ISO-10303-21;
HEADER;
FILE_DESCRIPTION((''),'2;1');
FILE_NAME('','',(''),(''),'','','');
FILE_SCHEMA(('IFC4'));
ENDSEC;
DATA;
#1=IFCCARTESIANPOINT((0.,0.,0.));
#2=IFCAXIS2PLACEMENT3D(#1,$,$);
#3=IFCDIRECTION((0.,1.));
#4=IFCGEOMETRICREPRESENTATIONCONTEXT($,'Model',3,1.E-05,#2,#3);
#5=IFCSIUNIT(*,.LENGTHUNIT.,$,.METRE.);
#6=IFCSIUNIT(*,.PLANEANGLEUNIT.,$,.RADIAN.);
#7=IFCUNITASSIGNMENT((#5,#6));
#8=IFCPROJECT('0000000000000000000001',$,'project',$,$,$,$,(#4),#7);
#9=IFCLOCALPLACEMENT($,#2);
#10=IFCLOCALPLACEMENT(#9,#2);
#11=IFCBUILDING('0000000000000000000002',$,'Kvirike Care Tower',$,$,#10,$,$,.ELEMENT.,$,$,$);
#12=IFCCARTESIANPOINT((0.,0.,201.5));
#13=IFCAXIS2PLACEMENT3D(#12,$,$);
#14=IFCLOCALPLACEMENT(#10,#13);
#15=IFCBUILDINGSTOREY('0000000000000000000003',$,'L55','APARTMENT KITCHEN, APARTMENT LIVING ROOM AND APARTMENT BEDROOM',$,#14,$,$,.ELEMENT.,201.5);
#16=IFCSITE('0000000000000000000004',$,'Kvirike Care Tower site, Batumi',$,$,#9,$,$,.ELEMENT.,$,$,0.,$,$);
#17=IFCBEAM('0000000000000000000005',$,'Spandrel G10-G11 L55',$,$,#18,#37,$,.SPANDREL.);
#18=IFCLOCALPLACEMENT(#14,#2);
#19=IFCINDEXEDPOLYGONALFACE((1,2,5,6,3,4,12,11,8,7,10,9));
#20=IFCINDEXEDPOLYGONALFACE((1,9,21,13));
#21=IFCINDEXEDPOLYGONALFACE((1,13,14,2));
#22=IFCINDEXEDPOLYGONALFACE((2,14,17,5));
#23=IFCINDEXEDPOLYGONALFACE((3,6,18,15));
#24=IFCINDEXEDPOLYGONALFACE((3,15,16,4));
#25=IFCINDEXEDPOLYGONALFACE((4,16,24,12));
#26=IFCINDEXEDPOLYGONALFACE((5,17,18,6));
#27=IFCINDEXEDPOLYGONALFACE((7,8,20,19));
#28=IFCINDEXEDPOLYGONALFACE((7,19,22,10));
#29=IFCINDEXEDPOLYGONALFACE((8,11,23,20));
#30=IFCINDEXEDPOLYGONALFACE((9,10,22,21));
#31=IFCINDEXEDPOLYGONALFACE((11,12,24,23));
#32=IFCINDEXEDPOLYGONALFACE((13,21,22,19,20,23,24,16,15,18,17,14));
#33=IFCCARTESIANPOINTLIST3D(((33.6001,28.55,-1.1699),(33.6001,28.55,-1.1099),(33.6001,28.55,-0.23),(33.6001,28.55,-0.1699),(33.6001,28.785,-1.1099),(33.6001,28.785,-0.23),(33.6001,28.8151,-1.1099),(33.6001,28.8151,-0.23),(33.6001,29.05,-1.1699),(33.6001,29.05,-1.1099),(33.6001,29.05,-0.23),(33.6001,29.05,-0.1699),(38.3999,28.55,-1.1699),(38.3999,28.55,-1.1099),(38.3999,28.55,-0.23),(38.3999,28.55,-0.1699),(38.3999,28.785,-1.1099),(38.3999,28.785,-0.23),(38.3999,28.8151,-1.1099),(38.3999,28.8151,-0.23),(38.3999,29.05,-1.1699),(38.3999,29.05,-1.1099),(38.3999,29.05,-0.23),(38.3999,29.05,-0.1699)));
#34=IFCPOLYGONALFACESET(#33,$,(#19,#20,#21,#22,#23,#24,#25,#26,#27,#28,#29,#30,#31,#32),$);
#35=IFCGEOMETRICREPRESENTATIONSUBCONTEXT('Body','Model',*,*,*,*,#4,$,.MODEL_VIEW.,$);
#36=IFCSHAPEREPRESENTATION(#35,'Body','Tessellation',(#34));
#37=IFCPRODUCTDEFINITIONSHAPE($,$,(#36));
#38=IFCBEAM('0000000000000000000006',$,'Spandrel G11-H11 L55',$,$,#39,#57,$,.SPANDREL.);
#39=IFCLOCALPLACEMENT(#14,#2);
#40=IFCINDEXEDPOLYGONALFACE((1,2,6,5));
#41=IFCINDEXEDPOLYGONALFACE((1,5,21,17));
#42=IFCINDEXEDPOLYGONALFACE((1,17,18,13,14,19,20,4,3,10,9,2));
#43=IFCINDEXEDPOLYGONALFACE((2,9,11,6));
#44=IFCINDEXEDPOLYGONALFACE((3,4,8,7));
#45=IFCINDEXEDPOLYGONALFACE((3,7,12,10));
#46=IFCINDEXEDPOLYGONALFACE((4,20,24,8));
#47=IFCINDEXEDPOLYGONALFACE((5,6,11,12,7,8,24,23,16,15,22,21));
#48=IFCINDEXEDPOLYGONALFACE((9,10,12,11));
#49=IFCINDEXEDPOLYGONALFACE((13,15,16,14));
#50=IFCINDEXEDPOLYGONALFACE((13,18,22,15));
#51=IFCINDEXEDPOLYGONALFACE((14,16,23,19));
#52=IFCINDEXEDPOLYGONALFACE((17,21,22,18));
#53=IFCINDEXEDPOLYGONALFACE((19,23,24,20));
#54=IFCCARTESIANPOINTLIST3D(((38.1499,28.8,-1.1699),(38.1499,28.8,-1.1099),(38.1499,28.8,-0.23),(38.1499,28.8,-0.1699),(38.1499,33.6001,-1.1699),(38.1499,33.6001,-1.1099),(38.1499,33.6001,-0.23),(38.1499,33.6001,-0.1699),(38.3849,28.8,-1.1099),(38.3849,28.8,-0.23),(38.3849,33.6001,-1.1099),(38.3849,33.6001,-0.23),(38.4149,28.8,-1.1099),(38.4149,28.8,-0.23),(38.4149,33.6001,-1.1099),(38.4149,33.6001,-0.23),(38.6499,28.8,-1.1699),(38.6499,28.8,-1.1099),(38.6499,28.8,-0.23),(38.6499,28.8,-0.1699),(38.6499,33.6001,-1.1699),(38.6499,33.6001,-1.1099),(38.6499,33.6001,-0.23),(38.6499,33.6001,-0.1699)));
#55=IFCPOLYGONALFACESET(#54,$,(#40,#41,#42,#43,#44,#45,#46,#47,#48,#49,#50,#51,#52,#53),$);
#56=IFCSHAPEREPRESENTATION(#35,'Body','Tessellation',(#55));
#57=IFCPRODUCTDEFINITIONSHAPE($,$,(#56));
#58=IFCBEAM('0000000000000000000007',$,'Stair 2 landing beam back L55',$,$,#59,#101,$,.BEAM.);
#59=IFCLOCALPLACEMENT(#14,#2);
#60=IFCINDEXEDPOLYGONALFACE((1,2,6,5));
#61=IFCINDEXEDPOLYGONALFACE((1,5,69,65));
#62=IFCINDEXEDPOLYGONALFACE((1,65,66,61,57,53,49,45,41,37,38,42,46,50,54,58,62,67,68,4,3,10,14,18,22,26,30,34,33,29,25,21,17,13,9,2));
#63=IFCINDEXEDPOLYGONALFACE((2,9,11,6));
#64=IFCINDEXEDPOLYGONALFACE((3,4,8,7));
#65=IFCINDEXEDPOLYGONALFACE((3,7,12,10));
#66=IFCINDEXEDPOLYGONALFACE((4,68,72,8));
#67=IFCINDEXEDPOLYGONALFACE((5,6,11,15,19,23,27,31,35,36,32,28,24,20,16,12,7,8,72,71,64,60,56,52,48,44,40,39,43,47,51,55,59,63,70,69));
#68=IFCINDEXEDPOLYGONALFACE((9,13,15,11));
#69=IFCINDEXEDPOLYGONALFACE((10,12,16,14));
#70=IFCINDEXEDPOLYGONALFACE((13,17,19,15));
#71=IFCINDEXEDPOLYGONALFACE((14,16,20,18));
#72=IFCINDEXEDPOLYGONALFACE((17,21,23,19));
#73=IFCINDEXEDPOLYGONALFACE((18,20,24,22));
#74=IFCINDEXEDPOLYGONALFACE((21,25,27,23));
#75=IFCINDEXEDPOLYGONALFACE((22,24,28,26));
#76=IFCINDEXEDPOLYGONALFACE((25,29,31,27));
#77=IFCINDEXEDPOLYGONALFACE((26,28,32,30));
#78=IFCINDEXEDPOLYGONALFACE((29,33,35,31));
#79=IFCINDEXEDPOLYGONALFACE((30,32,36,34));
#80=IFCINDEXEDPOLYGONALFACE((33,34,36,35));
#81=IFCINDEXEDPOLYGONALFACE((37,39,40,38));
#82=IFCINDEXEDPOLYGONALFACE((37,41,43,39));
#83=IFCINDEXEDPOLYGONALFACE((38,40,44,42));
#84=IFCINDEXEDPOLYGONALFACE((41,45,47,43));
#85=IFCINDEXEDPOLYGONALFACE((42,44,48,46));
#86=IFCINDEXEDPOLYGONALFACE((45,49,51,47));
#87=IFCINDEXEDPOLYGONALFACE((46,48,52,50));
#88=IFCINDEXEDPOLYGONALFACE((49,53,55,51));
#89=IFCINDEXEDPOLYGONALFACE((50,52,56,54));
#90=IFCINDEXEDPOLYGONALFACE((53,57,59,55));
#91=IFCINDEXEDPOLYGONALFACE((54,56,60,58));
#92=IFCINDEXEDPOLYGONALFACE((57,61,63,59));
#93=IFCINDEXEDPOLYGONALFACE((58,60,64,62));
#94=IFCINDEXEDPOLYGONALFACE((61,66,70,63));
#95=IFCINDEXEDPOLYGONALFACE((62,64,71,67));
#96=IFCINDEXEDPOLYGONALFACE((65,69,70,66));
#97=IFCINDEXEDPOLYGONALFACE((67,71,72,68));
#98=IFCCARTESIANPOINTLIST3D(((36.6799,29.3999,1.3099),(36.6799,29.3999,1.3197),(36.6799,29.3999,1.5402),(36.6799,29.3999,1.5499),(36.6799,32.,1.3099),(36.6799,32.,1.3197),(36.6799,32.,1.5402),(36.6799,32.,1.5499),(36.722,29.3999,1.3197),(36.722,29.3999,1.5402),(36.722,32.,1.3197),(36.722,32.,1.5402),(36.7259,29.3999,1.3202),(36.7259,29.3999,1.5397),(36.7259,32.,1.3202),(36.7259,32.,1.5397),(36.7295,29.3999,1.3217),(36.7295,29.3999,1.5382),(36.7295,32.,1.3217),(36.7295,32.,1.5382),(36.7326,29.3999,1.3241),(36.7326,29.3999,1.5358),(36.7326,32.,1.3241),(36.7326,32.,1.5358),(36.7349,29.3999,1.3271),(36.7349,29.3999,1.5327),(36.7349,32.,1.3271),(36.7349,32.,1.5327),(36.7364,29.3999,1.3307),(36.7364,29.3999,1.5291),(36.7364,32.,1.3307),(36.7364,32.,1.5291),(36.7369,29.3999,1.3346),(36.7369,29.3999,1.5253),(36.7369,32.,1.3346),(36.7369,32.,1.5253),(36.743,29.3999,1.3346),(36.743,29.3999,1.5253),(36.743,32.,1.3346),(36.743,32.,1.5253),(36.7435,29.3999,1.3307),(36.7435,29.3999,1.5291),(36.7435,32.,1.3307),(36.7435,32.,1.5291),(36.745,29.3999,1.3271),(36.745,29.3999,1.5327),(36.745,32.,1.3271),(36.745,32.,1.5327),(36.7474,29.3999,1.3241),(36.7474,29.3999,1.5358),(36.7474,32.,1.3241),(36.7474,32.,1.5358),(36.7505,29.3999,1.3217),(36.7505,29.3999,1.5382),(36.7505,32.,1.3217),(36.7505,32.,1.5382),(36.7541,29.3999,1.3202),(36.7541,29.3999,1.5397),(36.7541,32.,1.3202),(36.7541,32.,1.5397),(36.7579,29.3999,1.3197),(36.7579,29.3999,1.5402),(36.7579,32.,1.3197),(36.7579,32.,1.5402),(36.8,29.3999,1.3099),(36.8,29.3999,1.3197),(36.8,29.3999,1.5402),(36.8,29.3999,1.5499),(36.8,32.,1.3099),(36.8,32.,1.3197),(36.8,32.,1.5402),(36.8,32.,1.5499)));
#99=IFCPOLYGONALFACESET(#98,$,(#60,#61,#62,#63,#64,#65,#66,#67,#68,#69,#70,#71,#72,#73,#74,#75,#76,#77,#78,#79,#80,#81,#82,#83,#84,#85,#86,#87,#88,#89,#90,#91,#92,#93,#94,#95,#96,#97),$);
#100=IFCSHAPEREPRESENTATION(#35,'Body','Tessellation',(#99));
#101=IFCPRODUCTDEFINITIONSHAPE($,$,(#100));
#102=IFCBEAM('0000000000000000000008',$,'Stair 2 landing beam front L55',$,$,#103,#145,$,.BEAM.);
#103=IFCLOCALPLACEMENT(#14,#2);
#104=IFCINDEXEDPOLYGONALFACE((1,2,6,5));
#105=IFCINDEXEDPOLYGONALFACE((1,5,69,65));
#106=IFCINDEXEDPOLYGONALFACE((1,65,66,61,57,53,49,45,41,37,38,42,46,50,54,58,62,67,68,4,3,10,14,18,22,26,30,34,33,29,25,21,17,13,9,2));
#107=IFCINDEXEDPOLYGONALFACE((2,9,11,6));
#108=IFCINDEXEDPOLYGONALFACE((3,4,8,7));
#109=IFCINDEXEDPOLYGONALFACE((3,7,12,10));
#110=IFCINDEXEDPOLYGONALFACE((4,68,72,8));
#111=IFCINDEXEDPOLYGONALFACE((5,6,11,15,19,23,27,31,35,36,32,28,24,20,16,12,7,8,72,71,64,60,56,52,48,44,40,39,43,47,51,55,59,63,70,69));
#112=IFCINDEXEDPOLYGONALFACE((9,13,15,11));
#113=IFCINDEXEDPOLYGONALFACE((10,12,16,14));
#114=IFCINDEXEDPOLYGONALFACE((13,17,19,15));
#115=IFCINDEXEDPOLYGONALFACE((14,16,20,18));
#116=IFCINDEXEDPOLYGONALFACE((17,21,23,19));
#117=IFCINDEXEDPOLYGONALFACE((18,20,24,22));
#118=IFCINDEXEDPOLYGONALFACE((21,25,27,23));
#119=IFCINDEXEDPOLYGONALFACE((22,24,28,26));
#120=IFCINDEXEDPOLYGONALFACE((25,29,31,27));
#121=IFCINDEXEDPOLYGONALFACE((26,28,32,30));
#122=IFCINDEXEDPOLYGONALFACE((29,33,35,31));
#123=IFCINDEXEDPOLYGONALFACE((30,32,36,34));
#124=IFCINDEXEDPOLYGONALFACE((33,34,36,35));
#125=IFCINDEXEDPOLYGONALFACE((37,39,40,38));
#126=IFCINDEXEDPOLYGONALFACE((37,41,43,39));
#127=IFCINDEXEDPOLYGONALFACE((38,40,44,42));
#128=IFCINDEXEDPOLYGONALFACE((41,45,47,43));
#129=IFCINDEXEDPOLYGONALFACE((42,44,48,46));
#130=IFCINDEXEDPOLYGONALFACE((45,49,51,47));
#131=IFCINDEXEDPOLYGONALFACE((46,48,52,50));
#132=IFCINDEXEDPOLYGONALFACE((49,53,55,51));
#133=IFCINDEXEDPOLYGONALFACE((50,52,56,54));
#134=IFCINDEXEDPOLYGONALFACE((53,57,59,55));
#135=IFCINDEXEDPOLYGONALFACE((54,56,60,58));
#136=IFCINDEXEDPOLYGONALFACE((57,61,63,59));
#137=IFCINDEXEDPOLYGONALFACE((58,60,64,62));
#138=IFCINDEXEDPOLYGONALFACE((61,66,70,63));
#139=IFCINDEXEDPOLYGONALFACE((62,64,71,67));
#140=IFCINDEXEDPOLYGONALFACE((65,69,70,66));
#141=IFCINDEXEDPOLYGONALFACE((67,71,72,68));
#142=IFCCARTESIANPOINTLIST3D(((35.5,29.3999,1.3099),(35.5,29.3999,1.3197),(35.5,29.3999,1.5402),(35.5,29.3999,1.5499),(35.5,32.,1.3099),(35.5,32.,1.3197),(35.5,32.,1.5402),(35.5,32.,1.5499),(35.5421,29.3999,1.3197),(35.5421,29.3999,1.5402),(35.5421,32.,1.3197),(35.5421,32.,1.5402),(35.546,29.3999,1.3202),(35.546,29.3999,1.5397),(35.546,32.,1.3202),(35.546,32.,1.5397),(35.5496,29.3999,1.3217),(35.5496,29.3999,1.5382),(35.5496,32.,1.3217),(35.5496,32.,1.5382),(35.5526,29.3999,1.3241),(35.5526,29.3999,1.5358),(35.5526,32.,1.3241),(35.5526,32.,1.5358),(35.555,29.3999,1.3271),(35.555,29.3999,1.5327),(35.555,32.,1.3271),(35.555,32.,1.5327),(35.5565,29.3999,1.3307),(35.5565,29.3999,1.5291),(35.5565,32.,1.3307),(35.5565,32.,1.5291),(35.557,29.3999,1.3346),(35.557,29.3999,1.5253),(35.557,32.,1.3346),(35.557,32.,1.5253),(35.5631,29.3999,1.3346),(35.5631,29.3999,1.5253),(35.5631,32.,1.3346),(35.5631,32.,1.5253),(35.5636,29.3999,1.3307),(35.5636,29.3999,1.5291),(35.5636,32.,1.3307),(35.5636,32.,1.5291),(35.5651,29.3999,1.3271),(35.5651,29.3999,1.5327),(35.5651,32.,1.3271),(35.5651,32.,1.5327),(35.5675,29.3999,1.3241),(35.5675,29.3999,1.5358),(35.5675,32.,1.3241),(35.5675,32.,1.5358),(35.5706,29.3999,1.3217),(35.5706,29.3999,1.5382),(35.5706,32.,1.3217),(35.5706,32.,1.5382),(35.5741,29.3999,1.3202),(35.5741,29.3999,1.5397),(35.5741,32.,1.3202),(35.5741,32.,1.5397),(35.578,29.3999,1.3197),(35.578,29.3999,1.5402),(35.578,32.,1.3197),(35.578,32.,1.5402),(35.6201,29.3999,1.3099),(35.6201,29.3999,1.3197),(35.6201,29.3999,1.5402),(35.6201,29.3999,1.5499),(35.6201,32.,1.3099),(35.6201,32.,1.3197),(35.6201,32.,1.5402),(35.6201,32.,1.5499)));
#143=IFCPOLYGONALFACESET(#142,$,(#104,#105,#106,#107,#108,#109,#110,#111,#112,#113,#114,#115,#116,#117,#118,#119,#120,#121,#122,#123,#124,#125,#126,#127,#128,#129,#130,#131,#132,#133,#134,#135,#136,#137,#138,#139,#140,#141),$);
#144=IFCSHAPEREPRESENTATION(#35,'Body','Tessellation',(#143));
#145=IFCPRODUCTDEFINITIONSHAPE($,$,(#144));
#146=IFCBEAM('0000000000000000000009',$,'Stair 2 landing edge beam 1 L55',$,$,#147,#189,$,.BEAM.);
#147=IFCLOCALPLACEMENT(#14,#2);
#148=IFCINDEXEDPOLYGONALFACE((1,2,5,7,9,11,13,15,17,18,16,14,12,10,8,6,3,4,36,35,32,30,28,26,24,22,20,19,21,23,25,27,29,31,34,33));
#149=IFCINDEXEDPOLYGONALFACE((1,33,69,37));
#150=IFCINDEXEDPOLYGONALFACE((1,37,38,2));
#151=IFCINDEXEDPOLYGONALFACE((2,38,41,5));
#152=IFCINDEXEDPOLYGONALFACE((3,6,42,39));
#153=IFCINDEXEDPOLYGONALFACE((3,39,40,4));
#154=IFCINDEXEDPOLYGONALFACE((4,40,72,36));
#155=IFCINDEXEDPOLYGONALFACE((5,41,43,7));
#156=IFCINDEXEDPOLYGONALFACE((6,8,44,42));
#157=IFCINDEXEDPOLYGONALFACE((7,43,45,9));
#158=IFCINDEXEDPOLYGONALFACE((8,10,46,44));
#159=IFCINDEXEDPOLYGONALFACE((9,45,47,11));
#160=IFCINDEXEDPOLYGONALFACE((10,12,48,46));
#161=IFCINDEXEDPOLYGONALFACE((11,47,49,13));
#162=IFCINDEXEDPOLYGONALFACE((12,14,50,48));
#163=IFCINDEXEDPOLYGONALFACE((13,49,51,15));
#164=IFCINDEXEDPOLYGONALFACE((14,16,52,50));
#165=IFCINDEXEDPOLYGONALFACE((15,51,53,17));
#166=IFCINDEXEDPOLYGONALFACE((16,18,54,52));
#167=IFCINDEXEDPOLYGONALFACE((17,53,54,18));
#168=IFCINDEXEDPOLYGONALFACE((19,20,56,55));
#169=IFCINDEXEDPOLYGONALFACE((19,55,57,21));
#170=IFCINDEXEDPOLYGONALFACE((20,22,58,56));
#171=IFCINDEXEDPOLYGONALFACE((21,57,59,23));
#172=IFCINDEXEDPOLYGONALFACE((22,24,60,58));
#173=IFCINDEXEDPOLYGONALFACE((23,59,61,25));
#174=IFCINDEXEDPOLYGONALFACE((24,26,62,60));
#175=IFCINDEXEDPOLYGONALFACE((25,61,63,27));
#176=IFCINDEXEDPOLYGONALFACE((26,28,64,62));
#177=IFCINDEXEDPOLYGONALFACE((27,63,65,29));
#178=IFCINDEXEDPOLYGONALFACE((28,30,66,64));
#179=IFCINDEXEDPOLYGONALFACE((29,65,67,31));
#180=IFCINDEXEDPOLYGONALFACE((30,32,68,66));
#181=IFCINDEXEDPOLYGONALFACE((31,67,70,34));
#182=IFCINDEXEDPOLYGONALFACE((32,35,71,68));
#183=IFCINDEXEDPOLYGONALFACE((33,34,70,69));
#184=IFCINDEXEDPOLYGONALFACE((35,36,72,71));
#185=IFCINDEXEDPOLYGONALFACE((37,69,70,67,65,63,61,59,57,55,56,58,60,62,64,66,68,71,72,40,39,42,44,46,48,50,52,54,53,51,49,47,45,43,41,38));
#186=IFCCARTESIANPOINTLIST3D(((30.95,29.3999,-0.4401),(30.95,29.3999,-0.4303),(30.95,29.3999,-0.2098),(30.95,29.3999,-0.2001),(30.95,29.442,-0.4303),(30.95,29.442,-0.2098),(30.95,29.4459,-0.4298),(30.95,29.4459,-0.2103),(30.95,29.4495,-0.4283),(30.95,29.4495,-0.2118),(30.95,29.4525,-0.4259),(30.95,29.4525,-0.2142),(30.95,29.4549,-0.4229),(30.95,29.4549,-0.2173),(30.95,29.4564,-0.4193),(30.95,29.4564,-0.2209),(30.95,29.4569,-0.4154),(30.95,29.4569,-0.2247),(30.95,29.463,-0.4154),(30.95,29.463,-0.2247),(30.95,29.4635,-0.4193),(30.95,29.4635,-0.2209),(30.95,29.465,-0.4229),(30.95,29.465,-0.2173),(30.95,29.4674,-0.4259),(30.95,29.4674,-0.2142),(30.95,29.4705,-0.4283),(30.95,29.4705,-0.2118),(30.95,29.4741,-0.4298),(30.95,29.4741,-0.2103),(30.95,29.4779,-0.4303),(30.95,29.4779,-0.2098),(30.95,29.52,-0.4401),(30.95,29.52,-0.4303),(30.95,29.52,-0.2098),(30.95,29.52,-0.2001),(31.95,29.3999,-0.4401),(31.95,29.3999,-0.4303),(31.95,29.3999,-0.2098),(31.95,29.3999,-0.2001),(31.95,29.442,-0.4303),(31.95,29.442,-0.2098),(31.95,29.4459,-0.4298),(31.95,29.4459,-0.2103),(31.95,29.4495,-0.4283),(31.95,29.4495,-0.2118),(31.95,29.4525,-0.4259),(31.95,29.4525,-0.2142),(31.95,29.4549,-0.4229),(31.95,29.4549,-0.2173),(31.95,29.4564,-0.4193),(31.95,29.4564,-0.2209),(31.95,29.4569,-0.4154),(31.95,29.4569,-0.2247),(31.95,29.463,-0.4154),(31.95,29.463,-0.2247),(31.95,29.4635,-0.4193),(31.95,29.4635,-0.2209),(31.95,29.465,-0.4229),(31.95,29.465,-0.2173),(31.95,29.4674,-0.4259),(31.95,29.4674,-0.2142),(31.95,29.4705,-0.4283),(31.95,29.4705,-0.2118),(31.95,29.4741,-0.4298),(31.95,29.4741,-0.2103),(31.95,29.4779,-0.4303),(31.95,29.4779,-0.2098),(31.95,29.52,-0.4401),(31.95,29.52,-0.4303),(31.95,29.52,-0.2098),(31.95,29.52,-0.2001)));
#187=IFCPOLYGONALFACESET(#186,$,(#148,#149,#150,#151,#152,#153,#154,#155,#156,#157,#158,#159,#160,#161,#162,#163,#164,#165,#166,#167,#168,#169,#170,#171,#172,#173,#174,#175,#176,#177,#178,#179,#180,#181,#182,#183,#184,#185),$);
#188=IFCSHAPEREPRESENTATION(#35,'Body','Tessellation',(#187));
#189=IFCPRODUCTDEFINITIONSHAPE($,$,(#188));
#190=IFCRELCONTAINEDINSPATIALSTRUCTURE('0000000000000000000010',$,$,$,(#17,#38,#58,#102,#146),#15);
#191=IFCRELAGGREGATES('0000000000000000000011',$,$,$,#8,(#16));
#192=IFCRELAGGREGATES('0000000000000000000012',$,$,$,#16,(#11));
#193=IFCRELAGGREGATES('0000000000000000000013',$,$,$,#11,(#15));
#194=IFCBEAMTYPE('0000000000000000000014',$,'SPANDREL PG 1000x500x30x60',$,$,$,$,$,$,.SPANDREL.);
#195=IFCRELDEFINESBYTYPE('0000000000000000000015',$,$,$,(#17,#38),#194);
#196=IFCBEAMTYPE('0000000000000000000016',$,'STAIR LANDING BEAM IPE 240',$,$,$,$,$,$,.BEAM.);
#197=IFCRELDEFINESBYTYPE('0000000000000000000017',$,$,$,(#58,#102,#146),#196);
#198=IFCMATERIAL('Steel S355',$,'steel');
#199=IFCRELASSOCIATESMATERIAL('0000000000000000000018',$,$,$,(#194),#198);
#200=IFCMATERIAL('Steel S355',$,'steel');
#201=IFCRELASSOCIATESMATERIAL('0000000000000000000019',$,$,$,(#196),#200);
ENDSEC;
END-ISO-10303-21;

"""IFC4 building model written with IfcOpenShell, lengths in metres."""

from ifc_helpers import new_model, si_unit, direction, frame, origin, origin_2d, place, context, subcontext, project, spatial, i_section, extrude, material, material_profile, profile_set, type_object, element, save


model = new_model("IFC4")

# Units and contexts
model_context = context("Model", 3, precision=1e-05, world=origin(), true_north=direction((0.0, 1.0)))
body_context = subcontext(model_context, "Body", "Model", "MODEL_VIEW")
ifc_project = project(units=[si_unit("LENGTHUNIT", "METRE"), si_unit("PLANEANGLEUNIT", "RADIAN")], contexts=[model_context])

# Site, building, storey
site_placement = place(None, origin())
site = spatial("IfcSite", under=ifc_project, at=site_placement, Name="Kvirike Care Tower site, Batumi", CompositionType="ELEMENT", RefElevation=0.0)
building_placement = place(site_placement, origin())
building = spatial("IfcBuilding", under=site, at=building_placement, Name="Kvirike Care Tower", CompositionType="ELEMENT")
storey_placement = place(building_placement, frame((0.0, 0.0, 201.5)))
storey = spatial("IfcBuildingStorey", under=building, at=storey_placement, Name="L55", Description="APARTMENT KITCHEN, APARTMENT LIVING ROOM AND APARTMENT BEDROOM", CompositionType="ELEMENT", Elevation=201.5)

# Beams
ifc_material_1 = material(Name="Steel S355", Category="steel")
ifc_material_profile_1 = material_profile(ifc_material_1, i_section(OverallWidth=0.5, OverallDepth=1.0, WebThickness=0.03, FlangeThickness=0.0601, at=origin_2d()), Name="PG 1000x500x30x60")
ifc_profile_set_1 = profile_set([ifc_material_profile_1], Name="Steel S355")
beam_type_1 = type_object("IfcBeamType", Name="SPANDREL PG 1000x500x30x60", PredefinedType="SPANDREL", material=ifc_profile_set_1)
beam_1_placement = place(storey_placement, frame((33.6001, 28.8, -0.6699), z_axis=(1.0, 0.0, 0.0), x_axis=(0.0, 1.0, 0.0)))
element("IfcBeam", 1, at=beam_1_placement, inside=storey, type_object=beam_type_1, Name="Spandrel G10-G11 L55", PredefinedType="SPANDREL", context=body_context, shape_type="SweptSolid", body=[
    extrude(i_section(OverallWidth=0.5, OverallDepth=1.0, WebThickness=0.03, FlangeThickness=0.0601, at=origin_2d()), origin(), (0.0, 0.0, 1.0), 4.7998),
])
beam_2_placement = place(storey_placement, frame((38.3999, 28.8, -0.6699), z_axis=(0.0, 1.0, 0.0), x_axis=(-1.0, 0.0, 0.0)))
element("IfcBeam", 2, at=beam_2_placement, inside=storey, type_object=beam_type_1, Name="Spandrel G11-H11 L55", PredefinedType="SPANDREL", context=body_context, shape_type="SweptSolid", body=[
    extrude(i_section(OverallWidth=0.5, OverallDepth=1.0, WebThickness=0.03, FlangeThickness=0.0601, at=origin_2d()), origin(), (0.0, 0.0, 1.0), 4.8),
])
ifc_material_2 = material(Name="Steel S355", Category="steel")
ifc_material_profile_2 = material_profile(ifc_material_2, i_section(OverallWidth=0.1201, OverallDepth=0.24, WebThickness=0.0061, FlangeThickness=0.0098, FilletRadius=0.0149, at=origin_2d()), Name="IPE 240")
ifc_profile_set_2 = profile_set([ifc_material_profile_2], Name="Steel S355")
beam_type_2 = type_object("IfcBeamType", Name="STAIR LANDING BEAM IPE 240", PredefinedType="BEAM", material=ifc_profile_set_2)
for number, where, z_axis, x_axis, name in (
    (3, (36.74, 29.3999, 1.4299), (0.0, 1.0, 0.0), (-1.0, 0.0, 0.0), "Stair 2 landing beam back L55"),
    (4, (35.5601, 29.3999, 1.4299), (0.0, 1.0, 0.0), (-1.0, 0.0, 0.0), "Stair 2 landing beam front L55"),
):
    element("IfcBeam", number, at=place(storey_placement, frame(where, z_axis=z_axis, x_axis=x_axis)), inside=storey, type_object=beam_type_2, Name=name, PredefinedType="BEAM", context=body_context, shape_type="SweptSolid", body=[
        extrude(i_section(OverallWidth=0.1201, OverallDepth=0.24, WebThickness=0.0061, FlangeThickness=0.0098, FilletRadius=0.0149, at=origin_2d()), origin(), (0.0, 0.0, 1.0), 2.6001),
    ])
for number, where, z_axis, x_axis, name in (
    (5, (31.95, 29.46, -0.3201), (-1.0, 0.0, 0.0), (0.0, -1.0, 0.0), "Stair 2 landing edge beam 1 L55"),
):
    element("IfcBeam", number, at=place(storey_placement, frame(where, z_axis=z_axis, x_axis=x_axis)), inside=storey, type_object=beam_type_2, Name=name, PredefinedType="BEAM", context=body_context, shape_type="SweptSolid", body=[
        extrude(i_section(OverallWidth=0.1201, OverallDepth=0.24, WebThickness=0.0061, FlangeThickness=0.0098, FilletRadius=0.0149, at=origin_2d()), origin(), (0.0, 0.0, 1.0), 1.0),
    ])

save(model, "model.ifc")
